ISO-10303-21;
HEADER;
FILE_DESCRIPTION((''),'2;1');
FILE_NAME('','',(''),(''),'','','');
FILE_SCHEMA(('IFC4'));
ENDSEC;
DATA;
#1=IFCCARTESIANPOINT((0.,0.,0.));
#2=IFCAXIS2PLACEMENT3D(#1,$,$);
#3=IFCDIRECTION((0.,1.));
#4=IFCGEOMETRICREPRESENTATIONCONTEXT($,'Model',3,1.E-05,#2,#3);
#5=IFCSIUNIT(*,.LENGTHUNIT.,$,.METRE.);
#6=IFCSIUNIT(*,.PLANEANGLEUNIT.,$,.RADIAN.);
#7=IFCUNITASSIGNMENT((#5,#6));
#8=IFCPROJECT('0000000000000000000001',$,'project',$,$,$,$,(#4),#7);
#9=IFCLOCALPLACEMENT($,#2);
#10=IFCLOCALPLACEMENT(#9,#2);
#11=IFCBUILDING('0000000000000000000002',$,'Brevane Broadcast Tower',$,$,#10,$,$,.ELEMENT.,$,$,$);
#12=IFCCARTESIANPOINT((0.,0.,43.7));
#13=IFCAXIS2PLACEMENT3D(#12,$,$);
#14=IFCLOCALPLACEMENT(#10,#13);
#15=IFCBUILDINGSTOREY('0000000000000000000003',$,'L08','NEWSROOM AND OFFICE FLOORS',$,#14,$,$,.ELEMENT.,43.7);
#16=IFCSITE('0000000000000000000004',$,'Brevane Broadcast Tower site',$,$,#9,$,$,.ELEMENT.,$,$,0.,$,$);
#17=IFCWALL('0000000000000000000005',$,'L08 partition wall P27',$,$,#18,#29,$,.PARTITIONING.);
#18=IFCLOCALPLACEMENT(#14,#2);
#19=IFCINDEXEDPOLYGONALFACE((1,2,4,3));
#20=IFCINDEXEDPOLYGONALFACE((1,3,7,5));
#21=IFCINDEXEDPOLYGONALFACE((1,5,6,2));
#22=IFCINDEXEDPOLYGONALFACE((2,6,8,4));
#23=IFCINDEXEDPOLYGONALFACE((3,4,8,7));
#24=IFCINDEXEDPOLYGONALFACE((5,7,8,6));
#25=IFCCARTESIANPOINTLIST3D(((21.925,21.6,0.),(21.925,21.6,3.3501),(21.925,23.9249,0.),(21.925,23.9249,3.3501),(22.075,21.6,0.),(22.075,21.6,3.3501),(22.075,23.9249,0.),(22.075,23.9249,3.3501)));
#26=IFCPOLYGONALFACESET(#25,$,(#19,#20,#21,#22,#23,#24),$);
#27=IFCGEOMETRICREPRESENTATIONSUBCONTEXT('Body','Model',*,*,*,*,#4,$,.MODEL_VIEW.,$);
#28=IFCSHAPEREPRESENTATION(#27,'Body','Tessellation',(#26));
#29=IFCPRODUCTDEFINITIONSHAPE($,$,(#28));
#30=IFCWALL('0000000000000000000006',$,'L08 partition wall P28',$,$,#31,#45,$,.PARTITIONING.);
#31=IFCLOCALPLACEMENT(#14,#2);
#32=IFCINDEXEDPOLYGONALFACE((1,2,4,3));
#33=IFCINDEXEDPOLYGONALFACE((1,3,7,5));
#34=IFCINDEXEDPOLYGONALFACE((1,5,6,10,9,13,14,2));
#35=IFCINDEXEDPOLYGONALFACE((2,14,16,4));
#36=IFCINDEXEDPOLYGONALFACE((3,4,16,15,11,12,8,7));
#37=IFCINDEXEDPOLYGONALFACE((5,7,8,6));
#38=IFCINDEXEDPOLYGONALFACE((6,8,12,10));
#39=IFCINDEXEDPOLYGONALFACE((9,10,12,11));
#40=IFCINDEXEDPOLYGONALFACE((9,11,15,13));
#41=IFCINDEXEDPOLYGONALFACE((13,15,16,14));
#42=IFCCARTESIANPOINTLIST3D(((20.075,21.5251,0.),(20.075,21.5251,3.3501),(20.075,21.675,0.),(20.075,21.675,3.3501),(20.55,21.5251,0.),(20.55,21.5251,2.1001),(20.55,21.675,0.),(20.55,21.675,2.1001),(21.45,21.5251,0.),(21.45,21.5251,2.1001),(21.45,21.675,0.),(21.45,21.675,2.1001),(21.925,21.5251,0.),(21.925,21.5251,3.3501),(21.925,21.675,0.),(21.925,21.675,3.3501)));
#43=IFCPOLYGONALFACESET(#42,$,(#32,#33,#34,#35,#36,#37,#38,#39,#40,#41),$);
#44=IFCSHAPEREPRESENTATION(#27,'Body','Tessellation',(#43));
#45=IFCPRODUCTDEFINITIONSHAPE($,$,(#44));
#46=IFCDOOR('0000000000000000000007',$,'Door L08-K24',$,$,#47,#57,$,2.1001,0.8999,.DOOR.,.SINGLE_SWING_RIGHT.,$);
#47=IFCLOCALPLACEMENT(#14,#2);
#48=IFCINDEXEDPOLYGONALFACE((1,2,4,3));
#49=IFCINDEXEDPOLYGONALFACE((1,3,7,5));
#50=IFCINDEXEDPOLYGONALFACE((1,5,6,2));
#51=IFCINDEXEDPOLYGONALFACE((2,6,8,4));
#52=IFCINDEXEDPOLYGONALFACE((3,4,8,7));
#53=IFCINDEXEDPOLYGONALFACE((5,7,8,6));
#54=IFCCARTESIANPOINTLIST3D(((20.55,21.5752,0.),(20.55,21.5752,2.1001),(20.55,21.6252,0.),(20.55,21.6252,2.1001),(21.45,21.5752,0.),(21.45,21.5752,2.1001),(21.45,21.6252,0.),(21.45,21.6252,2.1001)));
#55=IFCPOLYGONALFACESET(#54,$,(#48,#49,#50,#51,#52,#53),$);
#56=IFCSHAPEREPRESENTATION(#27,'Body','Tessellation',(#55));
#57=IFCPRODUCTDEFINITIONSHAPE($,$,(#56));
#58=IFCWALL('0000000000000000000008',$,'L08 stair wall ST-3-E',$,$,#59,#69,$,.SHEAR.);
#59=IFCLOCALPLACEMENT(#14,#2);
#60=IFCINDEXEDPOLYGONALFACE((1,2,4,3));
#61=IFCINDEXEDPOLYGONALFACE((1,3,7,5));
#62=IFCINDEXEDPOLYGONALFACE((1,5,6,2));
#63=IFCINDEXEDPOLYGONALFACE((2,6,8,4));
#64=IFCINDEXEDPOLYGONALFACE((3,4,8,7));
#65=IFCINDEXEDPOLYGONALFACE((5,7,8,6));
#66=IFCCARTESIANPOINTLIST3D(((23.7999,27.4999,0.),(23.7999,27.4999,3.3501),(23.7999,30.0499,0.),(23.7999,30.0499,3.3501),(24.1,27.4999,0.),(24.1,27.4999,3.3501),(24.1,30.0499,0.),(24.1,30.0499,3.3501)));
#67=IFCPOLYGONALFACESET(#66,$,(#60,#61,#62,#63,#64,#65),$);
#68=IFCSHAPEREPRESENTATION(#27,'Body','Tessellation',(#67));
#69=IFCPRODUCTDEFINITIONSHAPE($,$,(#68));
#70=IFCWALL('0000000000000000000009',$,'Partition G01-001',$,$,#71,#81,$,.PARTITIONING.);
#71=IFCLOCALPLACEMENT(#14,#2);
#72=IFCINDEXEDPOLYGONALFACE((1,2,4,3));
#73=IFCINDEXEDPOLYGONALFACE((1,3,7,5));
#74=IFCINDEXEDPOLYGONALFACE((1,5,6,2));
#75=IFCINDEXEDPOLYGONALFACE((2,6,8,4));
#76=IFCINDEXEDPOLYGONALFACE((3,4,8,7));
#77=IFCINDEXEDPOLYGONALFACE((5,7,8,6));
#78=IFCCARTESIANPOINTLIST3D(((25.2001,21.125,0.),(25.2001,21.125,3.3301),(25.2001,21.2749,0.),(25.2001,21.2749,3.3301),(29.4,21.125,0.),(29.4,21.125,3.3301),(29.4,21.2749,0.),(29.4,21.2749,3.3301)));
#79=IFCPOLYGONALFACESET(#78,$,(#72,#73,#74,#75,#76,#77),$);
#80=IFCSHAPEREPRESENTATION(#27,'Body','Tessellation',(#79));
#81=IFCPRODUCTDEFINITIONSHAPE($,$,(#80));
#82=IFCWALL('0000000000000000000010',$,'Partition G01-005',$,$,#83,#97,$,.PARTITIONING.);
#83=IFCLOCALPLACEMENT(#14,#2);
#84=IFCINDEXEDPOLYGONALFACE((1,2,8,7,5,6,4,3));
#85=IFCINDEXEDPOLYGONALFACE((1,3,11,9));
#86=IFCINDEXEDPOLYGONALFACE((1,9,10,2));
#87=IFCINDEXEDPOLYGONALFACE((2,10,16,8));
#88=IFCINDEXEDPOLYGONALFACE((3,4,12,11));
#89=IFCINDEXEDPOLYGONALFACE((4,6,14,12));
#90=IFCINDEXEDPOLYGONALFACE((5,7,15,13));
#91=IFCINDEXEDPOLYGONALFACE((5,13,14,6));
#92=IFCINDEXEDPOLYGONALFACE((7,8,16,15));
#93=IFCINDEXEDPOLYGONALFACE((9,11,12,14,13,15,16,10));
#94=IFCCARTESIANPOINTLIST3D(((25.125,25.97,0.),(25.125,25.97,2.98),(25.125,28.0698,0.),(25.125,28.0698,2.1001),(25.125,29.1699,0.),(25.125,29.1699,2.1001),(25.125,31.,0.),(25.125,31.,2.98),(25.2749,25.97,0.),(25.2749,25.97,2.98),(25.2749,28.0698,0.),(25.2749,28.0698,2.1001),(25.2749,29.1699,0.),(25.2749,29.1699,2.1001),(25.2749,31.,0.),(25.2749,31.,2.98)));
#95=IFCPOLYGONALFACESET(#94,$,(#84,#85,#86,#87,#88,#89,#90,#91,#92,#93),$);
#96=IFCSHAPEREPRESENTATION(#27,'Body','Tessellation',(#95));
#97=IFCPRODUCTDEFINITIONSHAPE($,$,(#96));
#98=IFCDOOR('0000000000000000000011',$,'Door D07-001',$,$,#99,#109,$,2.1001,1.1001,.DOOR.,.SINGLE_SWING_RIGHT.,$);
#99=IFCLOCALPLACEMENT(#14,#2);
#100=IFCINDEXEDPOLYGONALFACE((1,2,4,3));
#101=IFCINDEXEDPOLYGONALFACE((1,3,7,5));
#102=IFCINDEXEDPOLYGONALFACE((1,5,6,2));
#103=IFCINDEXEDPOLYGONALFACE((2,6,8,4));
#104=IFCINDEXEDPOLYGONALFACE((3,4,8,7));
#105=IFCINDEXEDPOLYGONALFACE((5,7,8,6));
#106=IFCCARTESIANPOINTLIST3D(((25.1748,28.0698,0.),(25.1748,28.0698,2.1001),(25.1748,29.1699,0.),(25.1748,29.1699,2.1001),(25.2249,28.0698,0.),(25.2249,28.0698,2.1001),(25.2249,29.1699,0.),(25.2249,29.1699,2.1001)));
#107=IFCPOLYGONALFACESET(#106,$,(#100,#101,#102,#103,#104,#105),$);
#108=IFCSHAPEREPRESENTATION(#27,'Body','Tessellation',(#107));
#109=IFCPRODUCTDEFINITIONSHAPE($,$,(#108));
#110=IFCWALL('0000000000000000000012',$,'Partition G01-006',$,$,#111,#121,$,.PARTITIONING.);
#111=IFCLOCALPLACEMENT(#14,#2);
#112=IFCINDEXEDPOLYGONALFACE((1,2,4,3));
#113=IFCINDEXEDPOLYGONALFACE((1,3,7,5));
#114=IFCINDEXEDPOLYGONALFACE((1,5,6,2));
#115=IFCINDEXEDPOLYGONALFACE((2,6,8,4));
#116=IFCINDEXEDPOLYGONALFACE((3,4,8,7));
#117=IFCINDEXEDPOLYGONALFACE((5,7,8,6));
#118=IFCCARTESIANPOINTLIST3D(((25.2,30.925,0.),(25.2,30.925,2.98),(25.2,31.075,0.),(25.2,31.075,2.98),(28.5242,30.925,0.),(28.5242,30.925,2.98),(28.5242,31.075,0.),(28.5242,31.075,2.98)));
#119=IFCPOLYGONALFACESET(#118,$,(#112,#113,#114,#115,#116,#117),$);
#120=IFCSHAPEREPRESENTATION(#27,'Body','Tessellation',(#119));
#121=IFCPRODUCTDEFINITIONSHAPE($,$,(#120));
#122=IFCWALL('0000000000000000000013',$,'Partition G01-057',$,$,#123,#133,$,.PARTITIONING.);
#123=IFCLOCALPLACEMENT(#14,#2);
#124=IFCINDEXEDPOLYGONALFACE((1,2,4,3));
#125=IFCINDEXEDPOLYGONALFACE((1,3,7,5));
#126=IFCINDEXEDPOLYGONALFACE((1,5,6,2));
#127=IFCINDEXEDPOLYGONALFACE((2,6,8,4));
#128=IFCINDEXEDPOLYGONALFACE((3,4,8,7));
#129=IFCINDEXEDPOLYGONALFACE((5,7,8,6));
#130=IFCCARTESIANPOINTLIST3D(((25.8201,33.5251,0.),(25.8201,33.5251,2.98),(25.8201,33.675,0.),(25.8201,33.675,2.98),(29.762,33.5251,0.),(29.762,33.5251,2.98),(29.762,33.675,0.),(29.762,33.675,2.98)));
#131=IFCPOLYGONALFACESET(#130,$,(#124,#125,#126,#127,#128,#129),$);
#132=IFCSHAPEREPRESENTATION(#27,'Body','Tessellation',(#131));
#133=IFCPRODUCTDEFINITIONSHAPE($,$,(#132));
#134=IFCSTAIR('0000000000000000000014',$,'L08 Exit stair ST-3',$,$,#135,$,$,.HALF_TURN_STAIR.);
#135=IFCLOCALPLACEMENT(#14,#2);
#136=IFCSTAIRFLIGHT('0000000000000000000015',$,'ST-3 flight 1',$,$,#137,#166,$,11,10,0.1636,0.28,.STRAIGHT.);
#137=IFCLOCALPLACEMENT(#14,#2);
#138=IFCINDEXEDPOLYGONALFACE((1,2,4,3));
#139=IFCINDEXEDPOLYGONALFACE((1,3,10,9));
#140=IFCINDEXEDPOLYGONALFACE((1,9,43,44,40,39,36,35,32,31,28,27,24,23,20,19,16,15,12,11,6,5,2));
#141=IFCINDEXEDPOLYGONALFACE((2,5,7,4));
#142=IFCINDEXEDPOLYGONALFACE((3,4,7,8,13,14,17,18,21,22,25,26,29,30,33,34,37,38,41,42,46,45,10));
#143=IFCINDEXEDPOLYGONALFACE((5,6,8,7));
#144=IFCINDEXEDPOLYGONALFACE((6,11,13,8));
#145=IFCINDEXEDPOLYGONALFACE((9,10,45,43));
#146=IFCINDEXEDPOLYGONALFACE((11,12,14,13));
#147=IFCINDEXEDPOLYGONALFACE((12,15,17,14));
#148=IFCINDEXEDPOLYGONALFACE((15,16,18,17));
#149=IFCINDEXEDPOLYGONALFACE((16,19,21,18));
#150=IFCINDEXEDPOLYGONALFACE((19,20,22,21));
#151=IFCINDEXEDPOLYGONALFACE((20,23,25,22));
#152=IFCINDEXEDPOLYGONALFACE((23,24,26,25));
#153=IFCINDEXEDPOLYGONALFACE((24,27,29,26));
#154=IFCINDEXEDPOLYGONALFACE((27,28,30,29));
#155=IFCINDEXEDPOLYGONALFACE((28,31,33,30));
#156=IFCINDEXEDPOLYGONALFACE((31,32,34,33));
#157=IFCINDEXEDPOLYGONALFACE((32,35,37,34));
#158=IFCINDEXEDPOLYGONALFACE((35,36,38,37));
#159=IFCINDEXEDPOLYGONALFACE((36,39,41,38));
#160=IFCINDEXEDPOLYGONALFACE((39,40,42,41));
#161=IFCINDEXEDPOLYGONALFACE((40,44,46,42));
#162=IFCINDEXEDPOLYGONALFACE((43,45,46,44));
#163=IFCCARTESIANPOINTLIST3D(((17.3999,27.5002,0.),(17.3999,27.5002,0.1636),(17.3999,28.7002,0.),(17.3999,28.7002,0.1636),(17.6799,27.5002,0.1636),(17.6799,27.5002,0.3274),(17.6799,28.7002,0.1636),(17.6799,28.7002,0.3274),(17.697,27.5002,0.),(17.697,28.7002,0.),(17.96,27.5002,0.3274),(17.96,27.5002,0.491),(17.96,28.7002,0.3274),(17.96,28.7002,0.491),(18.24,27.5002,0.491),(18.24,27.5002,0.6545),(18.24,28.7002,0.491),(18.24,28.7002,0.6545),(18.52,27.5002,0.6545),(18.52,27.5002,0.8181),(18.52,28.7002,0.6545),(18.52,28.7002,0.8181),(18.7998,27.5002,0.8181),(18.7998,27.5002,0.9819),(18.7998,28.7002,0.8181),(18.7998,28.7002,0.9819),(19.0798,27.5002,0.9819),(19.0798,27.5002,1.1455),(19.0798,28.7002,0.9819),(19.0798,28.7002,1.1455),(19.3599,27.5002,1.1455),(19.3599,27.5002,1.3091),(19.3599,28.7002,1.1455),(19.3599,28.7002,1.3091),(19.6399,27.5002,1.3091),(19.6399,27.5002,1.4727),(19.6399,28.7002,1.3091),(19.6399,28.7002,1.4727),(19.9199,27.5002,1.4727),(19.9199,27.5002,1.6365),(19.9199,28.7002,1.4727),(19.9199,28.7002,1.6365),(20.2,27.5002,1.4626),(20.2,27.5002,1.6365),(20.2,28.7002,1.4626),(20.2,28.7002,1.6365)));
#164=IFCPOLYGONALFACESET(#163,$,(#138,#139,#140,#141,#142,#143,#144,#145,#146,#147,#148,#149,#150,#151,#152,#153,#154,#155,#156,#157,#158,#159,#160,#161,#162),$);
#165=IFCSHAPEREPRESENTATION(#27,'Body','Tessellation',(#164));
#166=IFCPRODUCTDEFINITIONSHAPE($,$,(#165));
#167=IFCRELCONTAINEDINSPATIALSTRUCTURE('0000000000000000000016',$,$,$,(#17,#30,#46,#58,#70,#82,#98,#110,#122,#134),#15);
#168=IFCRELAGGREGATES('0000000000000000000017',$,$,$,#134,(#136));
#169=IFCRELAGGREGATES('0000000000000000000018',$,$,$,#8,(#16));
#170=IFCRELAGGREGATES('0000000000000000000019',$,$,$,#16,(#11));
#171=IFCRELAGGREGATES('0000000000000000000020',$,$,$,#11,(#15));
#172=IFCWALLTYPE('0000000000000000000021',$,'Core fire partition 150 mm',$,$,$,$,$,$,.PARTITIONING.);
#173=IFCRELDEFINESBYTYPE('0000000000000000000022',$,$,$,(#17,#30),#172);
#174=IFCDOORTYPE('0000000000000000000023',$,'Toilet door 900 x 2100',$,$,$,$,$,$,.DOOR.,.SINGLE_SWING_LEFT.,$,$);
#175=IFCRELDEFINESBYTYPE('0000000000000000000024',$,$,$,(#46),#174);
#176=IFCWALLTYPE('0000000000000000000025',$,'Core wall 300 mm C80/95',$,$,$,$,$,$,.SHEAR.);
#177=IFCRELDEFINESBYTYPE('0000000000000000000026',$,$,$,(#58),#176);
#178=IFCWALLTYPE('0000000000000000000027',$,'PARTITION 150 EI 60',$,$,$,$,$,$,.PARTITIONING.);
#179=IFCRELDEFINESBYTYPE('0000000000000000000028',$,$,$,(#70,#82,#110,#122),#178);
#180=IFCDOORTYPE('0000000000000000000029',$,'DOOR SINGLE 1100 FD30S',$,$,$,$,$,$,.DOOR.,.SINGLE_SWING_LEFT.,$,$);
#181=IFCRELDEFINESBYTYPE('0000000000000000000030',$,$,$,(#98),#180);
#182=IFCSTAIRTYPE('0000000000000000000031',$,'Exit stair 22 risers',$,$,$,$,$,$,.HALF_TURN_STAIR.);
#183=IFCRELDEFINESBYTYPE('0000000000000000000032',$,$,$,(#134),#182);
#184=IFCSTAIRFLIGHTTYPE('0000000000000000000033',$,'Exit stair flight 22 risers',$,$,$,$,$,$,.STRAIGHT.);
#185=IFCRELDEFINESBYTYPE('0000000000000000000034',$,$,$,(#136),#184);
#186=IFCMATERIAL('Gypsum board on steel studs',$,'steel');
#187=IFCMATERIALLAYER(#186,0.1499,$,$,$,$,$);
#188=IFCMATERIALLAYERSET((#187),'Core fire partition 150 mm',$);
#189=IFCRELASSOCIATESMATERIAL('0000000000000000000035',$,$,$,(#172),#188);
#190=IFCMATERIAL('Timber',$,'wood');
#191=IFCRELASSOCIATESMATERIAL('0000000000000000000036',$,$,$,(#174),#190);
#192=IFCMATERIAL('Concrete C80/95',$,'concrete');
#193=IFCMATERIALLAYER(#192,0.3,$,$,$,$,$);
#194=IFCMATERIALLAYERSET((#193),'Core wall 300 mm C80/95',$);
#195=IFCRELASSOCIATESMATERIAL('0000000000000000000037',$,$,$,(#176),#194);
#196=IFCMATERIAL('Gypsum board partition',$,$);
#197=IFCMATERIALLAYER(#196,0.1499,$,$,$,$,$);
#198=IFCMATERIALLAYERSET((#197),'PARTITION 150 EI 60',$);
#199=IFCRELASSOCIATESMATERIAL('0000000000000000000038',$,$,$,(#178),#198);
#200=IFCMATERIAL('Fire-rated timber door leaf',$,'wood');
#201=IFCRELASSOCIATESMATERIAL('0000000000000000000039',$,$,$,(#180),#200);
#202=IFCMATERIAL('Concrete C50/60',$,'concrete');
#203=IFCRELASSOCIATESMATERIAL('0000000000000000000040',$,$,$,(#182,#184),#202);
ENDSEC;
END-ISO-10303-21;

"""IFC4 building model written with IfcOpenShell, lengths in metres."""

from ifc_helpers import new_model, si_unit, direction, frame, frame_2d, origin, place, context, subcontext, project, spatial, polyline, rectangle, outline, extrude, material, layer, layer_set, type_object, element, fill, aggregate, save


model = new_model("IFC4")

# Units and contexts
model_context = context("Model", 3, precision=1e-05, world=origin(), true_north=direction((0.0, 1.0)))
body_context = subcontext(model_context, "Body", "Model", "MODEL_VIEW")
ifc_project = project(units=[si_unit("LENGTHUNIT", "METRE"), si_unit("PLANEANGLEUNIT", "RADIAN")], contexts=[model_context])

# Site, building, storey
site_placement = place(None, origin())
site = spatial("IfcSite", under=ifc_project, at=site_placement, Name="Brevane Broadcast Tower site", CompositionType="ELEMENT", RefElevation=0.0)
building_placement = place(site_placement, origin())
building = spatial("IfcBuilding", under=site, at=building_placement, Name="Brevane Broadcast Tower", CompositionType="ELEMENT")
storey_placement = place(building_placement, frame((0.0, 0.0, 43.7)))
storey = spatial("IfcBuildingStorey", under=building, at=storey_placement, Name="L08", Description="NEWSROOM AND OFFICE FLOORS", CompositionType="ELEMENT", Elevation=43.7)

# Shared definitions
ifc_material_1 = material(Name="Concrete C80/95", Category="concrete")

# Wall
ifc_material_2 = material(Name="Gypsum board on steel studs", Category="steel")
ifc_layer_1 = layer(ifc_material_2, 0.1499)
ifc_layer_set_1 = layer_set([ifc_layer_1], Name="Core fire partition 150 mm")
wall_type_1 = type_object("IfcWallType", Name="Core fire partition 150 mm", PredefinedType="PARTITIONING", material=ifc_layer_set_1)
wall_1_placement = place(storey_placement, frame((22.0, 23.925, 0.0), z_axis=(0.0, 0.0, 1.0), x_axis=(0.0, -1.0, 0.0)))
element("IfcWall", 1, at=wall_1_placement, inside=storey, type_object=wall_type_1, Name="L08 partition wall P27", PredefinedType="PARTITIONING", context=body_context, shape_type="SweptSolid", body=[
    extrude(rectangle(XDim=2.325, YDim=0.1499, at=frame_2d((1.1626, 0.0))), origin(), (0.0, 0.0, 1.0), 3.3501),
])

# Wall, opening, door
wall_2_placement = place(storey_placement, frame((21.925, 21.6001, 0.0), z_axis=(0.0, 0.0, 1.0), x_axis=(-1.0, 0.0, 0.0)))
wall_2 = element("IfcWall", 2, at=wall_2_placement, inside=storey, type_object=wall_type_1, Name="L08 partition wall P28", PredefinedType="PARTITIONING", context=body_context, shape_type="SweptSolid", body=[
    extrude(rectangle(XDim=1.8501, YDim=0.1499, at=frame_2d((0.925, 0.0))), origin(), (0.0, 0.0, 1.0), 3.3501),
])
opening_1_placement = place(wall_2_placement, frame((0.4751, 0.0, 0.0)))
opening_1 = element("IfcOpeningElement", 3, at=opening_1_placement, cuts=wall_2, PredefinedType="OPENING", context=body_context, shape_type="SweptSolid", body=[
    extrude(rectangle(XDim=0.8999, YDim=2.1001, at=frame_2d((0.45, 1.05))), frame((0.0, 0.085, 0.0), z_axis=(0.0, -1.0, 0.0), x_axis=(1.0, 0.0, 0.0)), (0.0, 0.0, 1.0), 0.1699),
])
ifc_material_3 = material(Name="Timber", Category="wood")
door_type_1 = type_object("IfcDoorType", Name="Toilet door 900 x 2100", OperationType="SINGLE_SWING_LEFT", PredefinedType="DOOR", material=ifc_material_3)
door_1_placement = place(opening_1_placement, origin())
door_1 = element("IfcDoor", 4, at=door_1_placement, inside=storey, type_object=door_type_1, Name="Door L08-K24", OperationType="SINGLE_SWING_RIGHT", OverallHeight=2.1001, OverallWidth=0.8999, PredefinedType="DOOR", context=body_context, shape_type="SweptSolid", body=[
    extrude(rectangle(XDim=0.8999, YDim=2.1001, at=frame_2d((0.45, 1.05))), frame((0.0, 0.0249, 0.0), z_axis=(0.0, -1.0, 0.0), x_axis=(1.0, 0.0, 0.0)), (0.0, 0.0, 1.0), 0.05),
])
fill(opening_1, door_1)

# Walls
ifc_layer_2 = layer(ifc_material_1, 0.3)
ifc_layer_set_2 = layer_set([ifc_layer_2], Name="Core wall 300 mm C80/95")
wall_type_2 = type_object("IfcWallType", Name="Core wall 300 mm C80/95", PredefinedType="SHEAR", material=ifc_layer_set_2)
wall_3_placement = place(storey_placement, frame((23.95, 27.5, 0.0), z_axis=(0.0, 0.0, 1.0), x_axis=(0.0, 1.0, 0.0)))
element("IfcWall", 5, at=wall_3_placement, inside=storey, type_object=wall_type_2, Name="L08 stair wall ST-3-E", PredefinedType="SHEAR", context=body_context, shape_type="SweptSolid", body=[
    extrude(rectangle(XDim=2.55, YDim=0.3, at=frame_2d((1.2749, 0.0))), origin(), (0.0, 0.0, 1.0), 3.3501),
])
ifc_material_4 = material(Name="Gypsum board partition")
ifc_layer_3 = layer(ifc_material_4, 0.1499)
ifc_layer_set_3 = layer_set([ifc_layer_3], Name="PARTITION 150 EI 60")
wall_type_3 = type_object("IfcWallType", Name="PARTITION 150 EI 60", PredefinedType="PARTITIONING", material=ifc_layer_set_3)
wall_4_placement = place(storey_placement, frame((25.2, 21.2, 0.0), z_axis=(0.0, 0.0, 1.0), x_axis=(1.0, 0.0, 0.0)))
element("IfcWall", 6, at=wall_4_placement, inside=storey, type_object=wall_type_3, Name="Partition G01-001", PredefinedType="PARTITIONING", context=body_context, shape_type="SweptSolid", body=[
    extrude(rectangle(XDim=4.2, YDim=0.1499, at=frame_2d((2.1001, 0.0))), origin(), (0.0, 0.0, 1.0), 3.3301),
])

# Wall, opening, door
wall_5_placement = place(storey_placement, frame((25.2, 31.0, 0.0), z_axis=(0.0, 0.0, 1.0), x_axis=(0.0, -1.0, 0.0)))
wall_5 = element("IfcWall", 7, at=wall_5_placement, inside=storey, type_object=wall_type_3, Name="Partition G01-005", PredefinedType="PARTITIONING", context=body_context, shape_type="SweptSolid", body=[
    extrude(outline(polyline([(0.0, 0.0), (5.03, 0.0), (5.03, 2.98), (0.0, 2.98), (0.0, 0.0)])), frame((0.0, 0.075, 0.0), z_axis=(0.0, -1.0, 0.0), x_axis=(1.0, 0.0, 0.0)), (0.0, 0.0, 1.0), 0.1499),
])
opening_2_placement = place(wall_5_placement, frame((1.8301, 0.0, 0.0)))
opening_2 = element("IfcOpeningElement", 8, at=opening_2_placement, cuts=wall_5, PredefinedType="OPENING", context=body_context, shape_type="SweptSolid", body=[
    extrude(rectangle(XDim=1.1001, YDim=2.1001, at=frame_2d((0.55, 1.05))), frame((0.0, 0.085, 0.0), z_axis=(0.0, -1.0, 0.0), x_axis=(1.0, 0.0, 0.0)), (0.0, 0.0, 1.0), 0.1699),
])
ifc_material_5 = material(Name="Fire-rated timber door leaf", Category="wood")
door_type_2 = type_object("IfcDoorType", Name="DOOR SINGLE 1100 FD30S", OperationType="SINGLE_SWING_LEFT", PredefinedType="DOOR", material=ifc_material_5)
door_2_placement = place(opening_2_placement, origin())
door_2 = element("IfcDoor", 9, at=door_2_placement, inside=storey, type_object=door_type_2, Name="Door D07-001", OperationType="SINGLE_SWING_RIGHT", OverallHeight=2.1001, OverallWidth=1.1001, PredefinedType="DOOR", context=body_context, shape_type="SweptSolid", body=[
    extrude(rectangle(XDim=1.1001, YDim=2.1001, at=frame_2d((0.55, 1.05))), frame((0.0, 0.0249, 0.0), z_axis=(0.0, -1.0, 0.0), x_axis=(1.0, 0.0, 0.0)), (0.0, 0.0, 1.0), 0.05),
])
fill(opening_2, door_2)

# Walls
wall_6_placement = place(storey_placement, frame((25.2, 31.0, 0.0), z_axis=(0.0, 0.0, 1.0), x_axis=(1.0, 0.0, 0.0)))
element("IfcWall", 10, at=wall_6_placement, inside=storey, type_object=wall_type_3, Name="Partition G01-006", PredefinedType="PARTITIONING", context=body_context, shape_type="SweptSolid", body=[
    extrude(rectangle(XDim=3.3242, YDim=0.1499, at=frame_2d((1.6621, 0.0))), origin(), (0.0, 0.0, 1.0), 2.98),
])
wall_7_placement = place(storey_placement, frame((25.8201, 33.6001, 0.0), z_axis=(0.0, 0.0, 1.0), x_axis=(1.0, 0.0, 0.0)))
element("IfcWall", 11, at=wall_7_placement, inside=storey, type_object=wall_type_3, Name="Partition G01-057", PredefinedType="PARTITIONING", context=body_context, shape_type="SweptSolid", body=[
    extrude(rectangle(XDim=3.9419, YDim=0.1499, at=frame_2d((1.9709, 0.0))), origin(), (0.0, 0.0, 1.0), 2.98),
])

# Stair, stair flight
ifc_material_6 = material(Name="Concrete C50/60", Category="concrete")
stair_type = type_object("IfcStairType", Name="Exit stair 22 risers", PredefinedType="HALF_TURN_STAIR", material=ifc_material_6)
stair_placement = place(storey_placement, origin())
stair = element("IfcStair", 12, at=stair_placement, inside=storey, type_object=stair_type, Name="L08 Exit stair ST-3", PredefinedType="HALF_TURN_STAIR")
stair_flight_type = type_object("IfcStairFlightType", Name="Exit stair flight 22 risers", PredefinedType="STRAIGHT", material=ifc_material_6)
stair_flight_1_placement = place(storey_placement, frame((17.3999, 28.1001, 0.0), z_axis=(0.0, 0.0, 1.0), x_axis=(1.0, 0.0, 0.0)))
stair_flight_1 = element("IfcStairFlight", 13, at=stair_flight_1_placement, type_object=stair_flight_type, Name="ST-3 flight 1", NumberOfRisers=11, NumberOfTreads=10, PredefinedType="STRAIGHT", RiserHeight=0.1636, TreadLength=0.28, context=body_context, shape_type="SweptSolid", body=[
    extrude(outline(polyline([(0.0, 0.0), (0.0, 0.1636), (0.28, 0.1636), (0.28, 0.3274), (0.5601, 0.3274), (0.5601, 0.491), (0.8401, 0.491), (0.8401, 0.6545), (1.1201, 0.6545), (1.1201, 0.8181), (1.3999, 0.8181), (1.3999, 0.9819), (1.6799, 0.9819), (1.6799, 1.1455), (1.96, 1.1455), (1.96, 1.3091), (2.24, 1.3091), (2.24, 1.4727), (2.52, 1.4727), (2.52, 1.6365), (2.8, 1.6365), (2.8, 1.8), (2.8, 1.4626), (0.2971, 0.0), (0.0, 0.0)])), frame((0.0, 0.6001, 0.0), z_axis=(0.0, -1.0, 0.0), x_axis=(1.0, 0.0, 0.0)), (0.0, 0.0, 1.0), 1.2),
])
aggregate(stair, [stair_flight_1])

save(model, "model.ifc")
